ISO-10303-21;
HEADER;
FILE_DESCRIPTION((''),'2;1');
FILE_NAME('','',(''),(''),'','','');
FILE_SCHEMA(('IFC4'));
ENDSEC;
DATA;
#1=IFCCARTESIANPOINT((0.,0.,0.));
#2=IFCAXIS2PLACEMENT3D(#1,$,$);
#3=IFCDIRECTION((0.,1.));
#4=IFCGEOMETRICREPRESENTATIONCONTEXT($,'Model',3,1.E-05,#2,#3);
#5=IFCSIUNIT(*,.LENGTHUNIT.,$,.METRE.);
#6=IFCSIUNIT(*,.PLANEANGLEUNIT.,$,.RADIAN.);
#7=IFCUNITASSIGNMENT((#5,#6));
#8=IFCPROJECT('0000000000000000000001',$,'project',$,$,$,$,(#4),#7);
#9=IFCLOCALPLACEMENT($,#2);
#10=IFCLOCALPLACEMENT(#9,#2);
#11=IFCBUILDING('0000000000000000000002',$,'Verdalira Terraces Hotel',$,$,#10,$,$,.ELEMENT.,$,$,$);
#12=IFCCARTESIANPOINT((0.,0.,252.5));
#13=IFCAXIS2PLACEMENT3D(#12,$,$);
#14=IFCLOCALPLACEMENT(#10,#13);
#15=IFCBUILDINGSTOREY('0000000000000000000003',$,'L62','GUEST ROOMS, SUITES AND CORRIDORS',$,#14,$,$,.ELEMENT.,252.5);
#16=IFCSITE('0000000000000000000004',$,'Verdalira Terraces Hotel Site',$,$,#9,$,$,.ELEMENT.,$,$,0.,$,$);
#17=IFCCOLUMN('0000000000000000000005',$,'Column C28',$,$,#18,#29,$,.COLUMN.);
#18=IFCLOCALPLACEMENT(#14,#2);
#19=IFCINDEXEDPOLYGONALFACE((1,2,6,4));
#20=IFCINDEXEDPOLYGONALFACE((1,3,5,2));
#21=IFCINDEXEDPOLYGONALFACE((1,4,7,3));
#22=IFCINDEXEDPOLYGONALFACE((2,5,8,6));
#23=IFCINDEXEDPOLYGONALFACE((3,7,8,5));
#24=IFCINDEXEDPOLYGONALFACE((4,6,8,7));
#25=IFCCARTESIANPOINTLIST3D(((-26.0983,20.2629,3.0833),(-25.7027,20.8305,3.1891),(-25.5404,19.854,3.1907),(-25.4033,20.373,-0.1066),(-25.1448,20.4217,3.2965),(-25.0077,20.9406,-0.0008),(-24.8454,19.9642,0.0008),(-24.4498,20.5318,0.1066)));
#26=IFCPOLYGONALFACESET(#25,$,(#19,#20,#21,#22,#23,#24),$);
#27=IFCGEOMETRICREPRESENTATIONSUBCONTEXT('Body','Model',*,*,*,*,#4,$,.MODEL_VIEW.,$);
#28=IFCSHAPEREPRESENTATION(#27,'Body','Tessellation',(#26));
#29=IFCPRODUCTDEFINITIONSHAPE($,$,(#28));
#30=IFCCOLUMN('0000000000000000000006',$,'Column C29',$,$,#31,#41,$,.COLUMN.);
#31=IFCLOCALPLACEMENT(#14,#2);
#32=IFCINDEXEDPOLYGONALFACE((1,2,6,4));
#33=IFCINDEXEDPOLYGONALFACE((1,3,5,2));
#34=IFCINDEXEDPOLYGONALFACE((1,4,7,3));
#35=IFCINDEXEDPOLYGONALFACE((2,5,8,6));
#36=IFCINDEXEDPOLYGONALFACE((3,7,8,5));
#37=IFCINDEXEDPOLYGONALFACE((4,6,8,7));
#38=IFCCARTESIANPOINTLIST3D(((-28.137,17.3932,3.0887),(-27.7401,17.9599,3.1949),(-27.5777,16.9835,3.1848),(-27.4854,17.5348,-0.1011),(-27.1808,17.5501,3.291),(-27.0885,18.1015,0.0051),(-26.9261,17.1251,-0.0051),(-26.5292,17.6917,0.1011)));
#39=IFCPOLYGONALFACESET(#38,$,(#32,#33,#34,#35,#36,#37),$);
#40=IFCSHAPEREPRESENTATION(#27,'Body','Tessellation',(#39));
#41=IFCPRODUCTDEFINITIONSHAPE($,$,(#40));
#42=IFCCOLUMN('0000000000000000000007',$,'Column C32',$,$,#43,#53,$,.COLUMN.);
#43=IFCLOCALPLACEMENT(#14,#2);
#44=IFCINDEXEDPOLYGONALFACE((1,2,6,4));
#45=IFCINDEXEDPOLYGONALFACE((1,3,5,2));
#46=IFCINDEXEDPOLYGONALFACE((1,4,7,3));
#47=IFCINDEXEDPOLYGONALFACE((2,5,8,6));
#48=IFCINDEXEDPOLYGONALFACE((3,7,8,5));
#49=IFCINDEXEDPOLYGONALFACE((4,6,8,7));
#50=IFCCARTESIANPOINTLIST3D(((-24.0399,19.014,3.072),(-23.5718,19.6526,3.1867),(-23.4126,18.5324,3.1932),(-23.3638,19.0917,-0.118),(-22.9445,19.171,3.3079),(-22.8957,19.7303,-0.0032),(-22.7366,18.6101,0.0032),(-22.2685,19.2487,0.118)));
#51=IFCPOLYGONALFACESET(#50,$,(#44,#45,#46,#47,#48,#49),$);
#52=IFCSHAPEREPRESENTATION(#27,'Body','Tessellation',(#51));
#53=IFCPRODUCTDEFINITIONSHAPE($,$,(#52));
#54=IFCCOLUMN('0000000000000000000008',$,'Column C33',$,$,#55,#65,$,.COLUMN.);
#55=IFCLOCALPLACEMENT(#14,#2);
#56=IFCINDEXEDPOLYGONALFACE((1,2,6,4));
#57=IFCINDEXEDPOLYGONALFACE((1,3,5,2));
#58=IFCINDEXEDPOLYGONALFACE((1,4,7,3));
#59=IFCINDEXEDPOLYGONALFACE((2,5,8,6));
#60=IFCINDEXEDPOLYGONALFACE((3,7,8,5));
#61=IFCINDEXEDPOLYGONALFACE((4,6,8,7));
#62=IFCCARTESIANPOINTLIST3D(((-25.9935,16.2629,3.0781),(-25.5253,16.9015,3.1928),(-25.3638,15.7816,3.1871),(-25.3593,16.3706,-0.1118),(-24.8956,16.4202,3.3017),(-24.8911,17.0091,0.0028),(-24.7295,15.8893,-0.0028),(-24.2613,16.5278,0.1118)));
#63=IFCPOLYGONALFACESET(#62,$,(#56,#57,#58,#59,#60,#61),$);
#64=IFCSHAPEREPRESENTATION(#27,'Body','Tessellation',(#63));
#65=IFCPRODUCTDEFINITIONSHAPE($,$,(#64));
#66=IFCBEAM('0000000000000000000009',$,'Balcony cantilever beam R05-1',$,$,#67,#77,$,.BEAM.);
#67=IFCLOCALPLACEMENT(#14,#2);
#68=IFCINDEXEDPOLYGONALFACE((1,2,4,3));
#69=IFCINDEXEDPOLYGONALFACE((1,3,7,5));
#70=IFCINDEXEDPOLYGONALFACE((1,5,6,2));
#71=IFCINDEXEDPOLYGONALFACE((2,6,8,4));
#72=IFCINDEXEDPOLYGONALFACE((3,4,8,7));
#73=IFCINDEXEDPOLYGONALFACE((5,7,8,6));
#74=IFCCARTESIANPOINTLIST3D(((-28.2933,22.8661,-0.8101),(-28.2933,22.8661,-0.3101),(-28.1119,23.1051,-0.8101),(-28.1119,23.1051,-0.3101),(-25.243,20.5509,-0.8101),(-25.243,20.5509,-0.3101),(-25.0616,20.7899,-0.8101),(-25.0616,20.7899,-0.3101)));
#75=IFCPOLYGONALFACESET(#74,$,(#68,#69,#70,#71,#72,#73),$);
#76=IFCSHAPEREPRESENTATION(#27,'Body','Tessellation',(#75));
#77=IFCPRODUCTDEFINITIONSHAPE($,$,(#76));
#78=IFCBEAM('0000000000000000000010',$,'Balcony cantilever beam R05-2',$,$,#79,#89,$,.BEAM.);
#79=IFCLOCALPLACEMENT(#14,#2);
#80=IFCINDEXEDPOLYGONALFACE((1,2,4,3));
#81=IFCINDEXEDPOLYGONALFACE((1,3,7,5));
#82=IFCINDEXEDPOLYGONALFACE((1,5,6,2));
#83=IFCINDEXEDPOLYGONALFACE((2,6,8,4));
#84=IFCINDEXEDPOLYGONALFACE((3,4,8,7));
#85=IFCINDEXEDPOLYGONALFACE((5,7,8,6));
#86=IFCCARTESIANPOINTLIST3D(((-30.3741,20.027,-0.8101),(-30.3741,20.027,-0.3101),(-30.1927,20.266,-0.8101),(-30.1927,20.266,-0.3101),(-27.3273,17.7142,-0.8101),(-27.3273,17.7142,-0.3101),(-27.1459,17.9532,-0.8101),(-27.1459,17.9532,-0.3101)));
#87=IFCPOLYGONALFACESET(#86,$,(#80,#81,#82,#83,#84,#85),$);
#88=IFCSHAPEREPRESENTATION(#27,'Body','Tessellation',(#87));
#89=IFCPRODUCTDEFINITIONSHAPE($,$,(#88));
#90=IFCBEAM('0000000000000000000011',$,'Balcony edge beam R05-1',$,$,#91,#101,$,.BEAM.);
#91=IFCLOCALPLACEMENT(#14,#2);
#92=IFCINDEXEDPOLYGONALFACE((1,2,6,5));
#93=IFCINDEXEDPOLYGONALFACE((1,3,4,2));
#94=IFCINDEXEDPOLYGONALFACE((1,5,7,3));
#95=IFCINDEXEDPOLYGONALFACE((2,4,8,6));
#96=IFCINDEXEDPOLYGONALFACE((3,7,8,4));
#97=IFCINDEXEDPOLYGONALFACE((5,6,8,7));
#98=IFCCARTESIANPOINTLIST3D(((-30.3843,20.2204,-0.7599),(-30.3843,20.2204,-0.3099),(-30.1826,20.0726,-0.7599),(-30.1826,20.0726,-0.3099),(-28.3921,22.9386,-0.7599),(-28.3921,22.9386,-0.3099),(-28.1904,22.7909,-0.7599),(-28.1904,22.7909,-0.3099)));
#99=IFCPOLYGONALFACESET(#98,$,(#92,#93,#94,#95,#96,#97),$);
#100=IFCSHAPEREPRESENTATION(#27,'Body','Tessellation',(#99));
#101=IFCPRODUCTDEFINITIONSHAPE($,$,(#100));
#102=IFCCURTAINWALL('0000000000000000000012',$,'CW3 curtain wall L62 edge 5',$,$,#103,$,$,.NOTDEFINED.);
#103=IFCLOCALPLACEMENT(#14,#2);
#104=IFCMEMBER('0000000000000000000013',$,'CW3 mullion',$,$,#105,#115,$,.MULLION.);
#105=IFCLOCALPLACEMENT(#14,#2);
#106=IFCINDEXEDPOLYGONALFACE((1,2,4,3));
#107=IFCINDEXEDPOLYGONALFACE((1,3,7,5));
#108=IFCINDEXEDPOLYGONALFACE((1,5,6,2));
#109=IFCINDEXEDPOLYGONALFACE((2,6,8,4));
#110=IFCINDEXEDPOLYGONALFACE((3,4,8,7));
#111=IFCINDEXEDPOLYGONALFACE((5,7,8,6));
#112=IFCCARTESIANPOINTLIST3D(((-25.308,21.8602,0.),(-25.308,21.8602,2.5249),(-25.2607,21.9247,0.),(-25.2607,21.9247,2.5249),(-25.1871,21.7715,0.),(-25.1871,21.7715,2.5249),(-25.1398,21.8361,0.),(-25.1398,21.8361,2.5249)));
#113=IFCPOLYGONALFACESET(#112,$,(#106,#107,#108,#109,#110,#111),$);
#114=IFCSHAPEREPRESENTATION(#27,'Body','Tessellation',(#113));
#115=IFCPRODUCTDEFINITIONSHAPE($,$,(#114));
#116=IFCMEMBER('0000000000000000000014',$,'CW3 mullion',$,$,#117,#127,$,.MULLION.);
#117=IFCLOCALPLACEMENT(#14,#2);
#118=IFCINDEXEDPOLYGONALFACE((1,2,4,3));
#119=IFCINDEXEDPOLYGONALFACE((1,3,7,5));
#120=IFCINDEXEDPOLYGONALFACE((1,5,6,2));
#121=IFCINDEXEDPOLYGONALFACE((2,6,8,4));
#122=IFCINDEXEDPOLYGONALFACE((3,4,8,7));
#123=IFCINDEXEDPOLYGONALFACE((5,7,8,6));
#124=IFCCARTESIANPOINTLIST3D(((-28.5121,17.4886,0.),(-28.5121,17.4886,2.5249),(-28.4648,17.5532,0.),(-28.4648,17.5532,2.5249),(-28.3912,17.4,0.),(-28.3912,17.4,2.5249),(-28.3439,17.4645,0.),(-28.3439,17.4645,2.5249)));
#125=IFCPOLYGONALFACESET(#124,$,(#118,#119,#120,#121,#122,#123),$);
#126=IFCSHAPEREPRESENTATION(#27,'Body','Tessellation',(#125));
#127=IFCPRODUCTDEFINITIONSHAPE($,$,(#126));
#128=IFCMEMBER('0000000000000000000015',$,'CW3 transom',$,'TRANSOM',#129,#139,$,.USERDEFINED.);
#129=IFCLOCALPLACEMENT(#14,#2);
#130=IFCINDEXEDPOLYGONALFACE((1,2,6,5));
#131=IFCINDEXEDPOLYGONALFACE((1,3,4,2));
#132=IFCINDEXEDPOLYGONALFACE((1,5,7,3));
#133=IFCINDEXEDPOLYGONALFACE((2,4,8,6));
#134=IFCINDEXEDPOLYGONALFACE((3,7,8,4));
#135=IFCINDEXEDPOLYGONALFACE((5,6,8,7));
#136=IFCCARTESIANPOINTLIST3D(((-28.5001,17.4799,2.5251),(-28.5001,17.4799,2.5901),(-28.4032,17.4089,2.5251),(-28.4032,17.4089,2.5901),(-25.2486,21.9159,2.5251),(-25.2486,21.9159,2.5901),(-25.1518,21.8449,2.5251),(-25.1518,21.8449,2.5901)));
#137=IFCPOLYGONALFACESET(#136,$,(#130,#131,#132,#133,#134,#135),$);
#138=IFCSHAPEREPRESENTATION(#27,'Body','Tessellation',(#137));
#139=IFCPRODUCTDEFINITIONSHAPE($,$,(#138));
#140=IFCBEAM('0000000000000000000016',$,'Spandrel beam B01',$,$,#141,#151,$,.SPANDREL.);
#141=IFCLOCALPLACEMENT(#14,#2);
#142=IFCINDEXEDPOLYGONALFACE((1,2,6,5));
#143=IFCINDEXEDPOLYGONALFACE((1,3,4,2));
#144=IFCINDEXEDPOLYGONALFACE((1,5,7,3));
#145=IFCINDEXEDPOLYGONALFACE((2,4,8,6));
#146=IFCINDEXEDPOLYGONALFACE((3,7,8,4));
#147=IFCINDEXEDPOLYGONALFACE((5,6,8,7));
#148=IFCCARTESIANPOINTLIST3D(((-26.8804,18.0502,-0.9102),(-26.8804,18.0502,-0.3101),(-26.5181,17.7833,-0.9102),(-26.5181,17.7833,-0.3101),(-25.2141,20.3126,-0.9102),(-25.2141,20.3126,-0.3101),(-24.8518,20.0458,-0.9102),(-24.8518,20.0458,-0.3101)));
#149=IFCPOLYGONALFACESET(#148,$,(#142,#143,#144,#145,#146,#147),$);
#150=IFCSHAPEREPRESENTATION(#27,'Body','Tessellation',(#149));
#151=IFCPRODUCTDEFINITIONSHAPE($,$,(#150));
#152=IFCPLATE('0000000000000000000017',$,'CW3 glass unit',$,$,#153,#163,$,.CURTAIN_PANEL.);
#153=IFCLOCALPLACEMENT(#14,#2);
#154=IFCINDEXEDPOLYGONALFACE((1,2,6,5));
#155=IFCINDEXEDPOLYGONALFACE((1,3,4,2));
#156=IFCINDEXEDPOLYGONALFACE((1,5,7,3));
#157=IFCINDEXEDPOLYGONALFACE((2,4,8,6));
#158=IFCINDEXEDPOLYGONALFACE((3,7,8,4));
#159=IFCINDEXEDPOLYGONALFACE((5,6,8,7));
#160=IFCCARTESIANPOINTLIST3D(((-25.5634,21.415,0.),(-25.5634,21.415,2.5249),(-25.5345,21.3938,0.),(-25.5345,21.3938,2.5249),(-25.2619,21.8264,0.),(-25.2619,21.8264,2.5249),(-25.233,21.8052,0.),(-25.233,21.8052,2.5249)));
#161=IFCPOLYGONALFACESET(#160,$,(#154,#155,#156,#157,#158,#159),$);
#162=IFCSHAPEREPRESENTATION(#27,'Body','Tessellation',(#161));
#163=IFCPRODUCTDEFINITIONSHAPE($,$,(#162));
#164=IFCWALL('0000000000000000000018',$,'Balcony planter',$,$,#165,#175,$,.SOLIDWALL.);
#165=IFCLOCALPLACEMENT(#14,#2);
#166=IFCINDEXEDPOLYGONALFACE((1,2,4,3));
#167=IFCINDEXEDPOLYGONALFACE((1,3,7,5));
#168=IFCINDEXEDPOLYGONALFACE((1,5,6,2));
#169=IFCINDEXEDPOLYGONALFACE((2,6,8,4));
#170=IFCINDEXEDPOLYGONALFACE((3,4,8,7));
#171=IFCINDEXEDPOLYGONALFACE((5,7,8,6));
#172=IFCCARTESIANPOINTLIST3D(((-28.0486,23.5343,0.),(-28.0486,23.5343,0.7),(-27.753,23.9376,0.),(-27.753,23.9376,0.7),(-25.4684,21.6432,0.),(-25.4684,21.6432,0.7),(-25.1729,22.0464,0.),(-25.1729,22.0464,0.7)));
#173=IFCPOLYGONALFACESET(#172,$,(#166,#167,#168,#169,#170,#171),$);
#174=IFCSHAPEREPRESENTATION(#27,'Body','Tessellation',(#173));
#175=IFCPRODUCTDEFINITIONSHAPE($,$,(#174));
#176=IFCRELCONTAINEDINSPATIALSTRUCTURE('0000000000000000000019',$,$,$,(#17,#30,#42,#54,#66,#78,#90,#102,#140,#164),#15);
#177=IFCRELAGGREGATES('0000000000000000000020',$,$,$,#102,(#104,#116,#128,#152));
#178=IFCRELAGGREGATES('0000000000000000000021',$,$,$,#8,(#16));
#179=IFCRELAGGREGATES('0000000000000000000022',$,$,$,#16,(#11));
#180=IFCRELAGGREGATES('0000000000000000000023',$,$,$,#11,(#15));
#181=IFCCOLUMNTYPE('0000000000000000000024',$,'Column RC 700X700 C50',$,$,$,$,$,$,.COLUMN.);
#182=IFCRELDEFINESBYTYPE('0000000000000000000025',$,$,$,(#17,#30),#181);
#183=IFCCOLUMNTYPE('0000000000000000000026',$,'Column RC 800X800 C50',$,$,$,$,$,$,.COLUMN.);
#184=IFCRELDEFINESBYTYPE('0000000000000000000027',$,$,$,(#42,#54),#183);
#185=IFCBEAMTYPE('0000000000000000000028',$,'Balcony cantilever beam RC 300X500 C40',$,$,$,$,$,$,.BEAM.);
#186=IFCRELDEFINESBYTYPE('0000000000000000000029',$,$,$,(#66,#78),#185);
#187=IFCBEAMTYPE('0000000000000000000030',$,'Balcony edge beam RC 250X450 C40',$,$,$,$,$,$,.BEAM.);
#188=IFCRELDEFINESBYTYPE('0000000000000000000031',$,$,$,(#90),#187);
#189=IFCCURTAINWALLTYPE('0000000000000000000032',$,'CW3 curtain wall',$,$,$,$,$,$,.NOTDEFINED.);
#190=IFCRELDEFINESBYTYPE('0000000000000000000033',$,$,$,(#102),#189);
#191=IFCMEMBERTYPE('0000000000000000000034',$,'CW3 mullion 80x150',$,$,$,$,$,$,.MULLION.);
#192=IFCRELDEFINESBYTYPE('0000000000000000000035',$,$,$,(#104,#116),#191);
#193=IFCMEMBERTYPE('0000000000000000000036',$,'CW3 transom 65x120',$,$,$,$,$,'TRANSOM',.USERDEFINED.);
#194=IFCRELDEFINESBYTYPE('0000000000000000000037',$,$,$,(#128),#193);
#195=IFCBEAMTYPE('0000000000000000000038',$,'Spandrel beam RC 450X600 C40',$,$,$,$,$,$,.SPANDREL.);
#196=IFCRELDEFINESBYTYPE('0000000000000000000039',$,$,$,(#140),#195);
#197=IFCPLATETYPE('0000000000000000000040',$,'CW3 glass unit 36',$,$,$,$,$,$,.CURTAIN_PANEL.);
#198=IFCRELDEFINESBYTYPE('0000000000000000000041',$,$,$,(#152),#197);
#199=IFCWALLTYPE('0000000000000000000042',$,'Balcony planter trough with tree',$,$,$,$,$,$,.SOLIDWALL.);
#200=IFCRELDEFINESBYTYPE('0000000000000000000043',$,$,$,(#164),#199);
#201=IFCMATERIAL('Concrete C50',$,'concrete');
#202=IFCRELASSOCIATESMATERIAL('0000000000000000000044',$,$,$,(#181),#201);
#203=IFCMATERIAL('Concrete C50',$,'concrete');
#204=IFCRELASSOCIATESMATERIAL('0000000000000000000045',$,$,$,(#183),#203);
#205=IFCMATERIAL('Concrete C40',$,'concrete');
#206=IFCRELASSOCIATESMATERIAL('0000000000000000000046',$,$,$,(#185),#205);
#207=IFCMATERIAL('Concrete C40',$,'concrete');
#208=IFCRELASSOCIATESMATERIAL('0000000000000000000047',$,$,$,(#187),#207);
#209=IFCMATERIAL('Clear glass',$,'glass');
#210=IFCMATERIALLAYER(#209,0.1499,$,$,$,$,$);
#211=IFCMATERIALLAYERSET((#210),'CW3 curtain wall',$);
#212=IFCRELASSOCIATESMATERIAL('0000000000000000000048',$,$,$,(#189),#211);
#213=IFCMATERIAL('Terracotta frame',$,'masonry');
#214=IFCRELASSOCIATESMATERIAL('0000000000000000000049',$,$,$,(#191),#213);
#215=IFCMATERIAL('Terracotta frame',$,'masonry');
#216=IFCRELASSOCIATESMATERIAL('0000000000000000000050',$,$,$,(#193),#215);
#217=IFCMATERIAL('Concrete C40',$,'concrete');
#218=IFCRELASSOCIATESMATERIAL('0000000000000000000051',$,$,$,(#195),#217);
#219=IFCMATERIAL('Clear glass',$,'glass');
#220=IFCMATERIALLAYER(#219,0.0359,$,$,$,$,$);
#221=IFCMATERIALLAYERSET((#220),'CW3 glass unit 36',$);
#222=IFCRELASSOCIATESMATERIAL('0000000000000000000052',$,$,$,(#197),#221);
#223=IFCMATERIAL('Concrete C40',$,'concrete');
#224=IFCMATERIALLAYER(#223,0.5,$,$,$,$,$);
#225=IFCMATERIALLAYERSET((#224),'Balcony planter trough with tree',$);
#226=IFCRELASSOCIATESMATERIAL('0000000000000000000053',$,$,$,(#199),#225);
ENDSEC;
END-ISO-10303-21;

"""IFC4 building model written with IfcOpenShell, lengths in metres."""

from ifc_helpers import new_model, si_unit, direction, frame, frame_2d, origin, origin_2d, place, context, subcontext, project, spatial, rectangle, extrude, material, layer, layer_set, material_profile, profile_set, type_object, element, aggregate, save


model = new_model("IFC4")

# Units and contexts
model_context = context("Model", 3, precision=1e-05, world=origin(), true_north=direction((0.0, 1.0)))
body_context = subcontext(model_context, "Body", "Model", "MODEL_VIEW")
ifc_project = project(units=[si_unit("LENGTHUNIT", "METRE"), si_unit("PLANEANGLEUNIT", "RADIAN")], contexts=[model_context])

# Site, building, storey
site_placement = place(None, origin())
site = spatial("IfcSite", under=ifc_project, at=site_placement, Name="Verdalira Terraces Hotel Site", CompositionType="ELEMENT", RefElevation=0.0)
building_placement = place(site_placement, origin())
building = spatial("IfcBuilding", under=site, at=building_placement, Name="Verdalira Terraces Hotel", CompositionType="ELEMENT")
storey_placement = place(building_placement, frame((0.0, 0.0, 252.5)))
storey = spatial("IfcBuildingStorey", under=building, at=storey_placement, Name="L62", Description="GUEST ROOMS, SUITES AND CORRIDORS", CompositionType="ELEMENT", Elevation=252.5)

# Columns
ifc_material_1 = material(Name="Concrete C50", Category="concrete")
ifc_material_profile_1 = material_profile(ifc_material_1, rectangle(XDim=0.7, YDim=0.7, at=origin_2d()), Name="RC 700X700")
ifc_profile_set_1 = profile_set([ifc_material_profile_1], Name="Concrete C50")
column_type_1 = type_object("IfcColumnType", Name="Column RC 700X700 C50", PredefinedType="COLUMN", material=ifc_profile_set_1)
column_1_placement = place(storey_placement, frame((-24.9265, 20.4524, 0.0), z_axis=(-0.212777, -0.033707, 0.976519), x_axis=(-0.565177, -0.811006, -0.151142)))
element("IfcColumn", 1, at=column_1_placement, inside=storey, type_object=column_type_1, Name="Column C28", PredefinedType="COLUMN", context=body_context, shape_type="SweptSolid", body=[
    extrude(rectangle(XDim=0.7, YDim=0.7, at=origin_2d()), origin(), (0.0, 0.0, 1.0), 3.2666),
])
column_2_placement = place(storey_placement, frame((-27.0073, 17.6133, 0.0), z_axis=(-0.199949, -0.043451, 0.978842), x_axis=(-0.567064, -0.80957, -0.151771)))
element("IfcColumn", 2, at=column_2_placement, inside=storey, type_object=column_type_1, Name="Column C29", PredefinedType="COLUMN", context=body_context, shape_type="SweptSolid", body=[
    extrude(rectangle(XDim=0.7, YDim=0.7, at=origin_2d()), origin(), (0.0, 0.0, 1.0), 3.2588),
])
ifc_material_2 = material(Name="Concrete C50", Category="concrete")
ifc_material_profile_2 = material_profile(ifc_material_2, rectangle(XDim=0.8, YDim=0.8, at=origin_2d()), Name="RC 800X800")
ifc_profile_set_2 = profile_set([ifc_material_profile_2], Name="Concrete C50")
column_type_2 = type_object("IfcColumnType", Name="Column RC 800X800 C50", PredefinedType="COLUMN", material=ifc_profile_set_2)
column_3_placement = place(storey_placement, frame((-22.8162, 19.1702, 0.0), z_axis=(-0.207261, -0.023802, 0.977996), x_axis=(-0.784029, 0.601951, -0.151504)))
element("IfcColumn", 3, at=column_3_placement, inside=storey, type_object=column_type_2, Name="Column C32", PredefinedType="COLUMN", context=body_context, shape_type="SweptSolid", body=[
    extrude(rectangle(XDim=0.8, YDim=0.8, at=origin_2d()), origin(), (0.0, 0.0, 1.0), 3.2617),
])
column_4_placement = place(storey_placement, frame((-24.8103, 16.4492, 0.0), z_axis=(-0.194912, -0.033086, 0.980263), x_axis=(-0.7871, 0.601601, -0.136199)))
element("IfcColumn", 4, at=column_4_placement, inside=storey, type_object=column_type_2, Name="Column C33", PredefinedType="COLUMN", context=body_context, shape_type="SweptSolid", body=[
    extrude(rectangle(XDim=0.8, YDim=0.8, at=origin_2d()), origin(), (0.0, 0.0, 1.0), 3.2542),
])

# Beams
ifc_material_3 = material(Name="Concrete C40", Category="concrete")
ifc_material_profile_3 = material_profile(ifc_material_3, rectangle(XDim=0.3, YDim=0.5, at=origin_2d()), Name="RC 300X500")
ifc_profile_set_3 = profile_set([ifc_material_profile_3], Name="Concrete C40")
beam_type_1 = type_object("IfcBeamType", Name="Balcony cantilever beam RC 300X500 C40", PredefinedType="BEAM", material=ifc_profile_set_3)
beam_1_placement = place(storey_placement, frame((-25.1523, 20.6704, -0.5601), z_axis=(-0.796544, 0.60458, 0.0), x_axis=(-0.60458, -0.796544, 0.0)))
element("IfcBeam", 5, at=beam_1_placement, inside=storey, type_object=beam_type_1, Name="Balcony cantilever beam R05-1", PredefinedType="BEAM", context=body_context, shape_type="SweptSolid", body=[
    extrude(rectangle(XDim=0.3, YDim=0.5, at=origin_2d()), origin(), (0.0, 0.0, 1.0), 3.8293),
])
beam_2_placement = place(storey_placement, frame((-27.2366, 17.8337, -0.5601), z_axis=(-0.796525, 0.604606, 0.0), x_axis=(-0.604606, -0.796525, 0.0)))
element("IfcBeam", 6, at=beam_2_placement, inside=storey, type_object=beam_type_1, Name="Balcony cantilever beam R05-2", PredefinedType="BEAM", context=body_context, shape_type="SweptSolid", body=[
    extrude(rectangle(XDim=0.3, YDim=0.5, at=origin_2d()), origin(), (0.0, 0.0, 1.0), 3.8252),
])
ifc_material_4 = material(Name="Concrete C40", Category="concrete")
ifc_material_profile_4 = material_profile(ifc_material_4, rectangle(XDim=0.25, YDim=0.45, at=origin_2d()), Name="RC 250X450")
ifc_profile_set_4 = profile_set([ifc_material_profile_4], Name="Concrete C40")
beam_type_2 = type_object("IfcBeamType", Name="Balcony edge beam RC 250X450 C40", PredefinedType="BEAM", material=ifc_profile_set_4)
beam_3_placement = place(storey_placement, frame((-28.2913, 22.8647, -0.5349), z_axis=(-0.591131, -0.806575, 0.0), x_axis=(0.806575, -0.591131, 0.0)))
element("IfcBeam", 7, at=beam_3_placement, inside=storey, type_object=beam_type_2, Name="Balcony edge beam R05-1", PredefinedType="BEAM", context=body_context, shape_type="SweptSolid", body=[
    extrude(rectangle(XDim=0.25, YDim=0.45, at=origin_2d()), origin(), (0.0, 0.0, 1.0), 3.3701),
])

# Curtain wall, members
ifc_material_5 = material(Name="Clear glass", Category="glass")
ifc_layer_1 = layer(ifc_material_5, 0.1499)
ifc_layer_set_1 = layer_set([ifc_layer_1], Name="CW3 curtain wall")
curtain_wall_type = type_object("IfcCurtainWallType", Name="CW3 curtain wall", PredefinedType="NOTDEFINED", material=ifc_layer_set_1)
curtain_wall_placement = place(storey_placement, origin())
curtain_wall = element("IfcCurtainWall", 8, at=curtain_wall_placement, inside=storey, type_object=curtain_wall_type, Name="CW3 curtain wall L62 edge 5", PredefinedType="NOTDEFINED")
ifc_material_6 = material(Name="Terracotta frame", Category="masonry")
ifc_material_profile_5 = material_profile(ifc_material_6, rectangle(XDim=0.0801, YDim=0.1499, at=origin_2d()), Name="MU 80x150")
ifc_profile_set_5 = profile_set([ifc_material_profile_5], Name="Terracotta frame")
member_type_1 = type_object("IfcMemberType", Name="CW3 mullion 80x150", PredefinedType="MULLION", material=ifc_profile_set_5)
member_1_placement = place(storey_placement, frame((-25.2239, 21.8481, 0.0), z_axis=(0.0, 0.0, 1.0), x_axis=(-0.591169, -0.806548, 0.0)))
member_1 = element("IfcMember", 9, at=member_1_placement, type_object=member_type_1, Name="CW3 mullion", PredefinedType="MULLION", context=body_context, shape_type="SweptSolid", body=[
    extrude(rectangle(XDim=0.0801, YDim=0.1499, at=origin_2d()), origin(), (0.0, 0.0, 1.0), 2.5249),
])
member_2_placement = place(storey_placement, frame((-28.428, 17.4766, 0.0), z_axis=(0.0, 0.0, 1.0), x_axis=(-0.591169, -0.806548, 0.0)))
member_2 = element("IfcMember", 10, at=member_2_placement, type_object=member_type_1, Name="CW3 mullion", PredefinedType="MULLION", context=body_context, shape_type="SweptSolid", body=[
    extrude(rectangle(XDim=0.0801, YDim=0.1499, at=origin_2d()), origin(), (0.0, 0.0, 1.0), 2.5249),
])
ifc_material_7 = material(Name="Terracotta frame", Category="masonry")
ifc_material_profile_6 = material_profile(ifc_material_7, rectangle(XDim=0.1201, YDim=0.0649, at=origin_2d()), Name="TR 65x120")
ifc_profile_set_6 = profile_set([ifc_material_profile_6], Name="Terracotta frame")
member_type_2 = type_object("IfcMemberType", Name="CW3 transom 65x120", ElementType="TRANSOM", PredefinedType="USERDEFINED", material=ifc_profile_set_6)
member_3_placement = place(storey_placement, frame((-25.2002, 21.8804, 2.5576), z_axis=(-0.591171, -0.806546, 0.0), x_axis=(0.806546, -0.591171, 0.0)))
member_3 = element("IfcMember", 11, at=member_3_placement, type_object=member_type_2, Name="CW3 transom", ObjectType="TRANSOM", PredefinedType="USERDEFINED", context=body_context, shape_type="SweptSolid", body=[
    extrude(rectangle(XDim=0.1201, YDim=0.0649, at=origin_2d()), origin(), (0.0, 0.0, 1.0), 5.5),
])

# Beam
ifc_material_8 = material(Name="Concrete C40", Category="concrete")
ifc_material_profile_7 = material_profile(ifc_material_8, rectangle(XDim=0.45, YDim=0.6001, at=origin_2d()), Name="RC 450X600")
ifc_profile_set_7 = profile_set([ifc_material_profile_7], Name="Concrete C40")
beam_type_3 = type_object("IfcBeamType", Name="Spandrel beam RC 450X600 C40", PredefinedType="SPANDREL", material=ifc_profile_set_7)
beam_4_placement = place(storey_placement, frame((-25.033, 20.1792, -0.6101), z_axis=(-0.593012, -0.805193, 0.0), x_axis=(0.805193, -0.593012, 0.0)))
element("IfcBeam", 12, at=beam_4_placement, inside=storey, type_object=beam_type_3, Name="Spandrel beam B01", PredefinedType="SPANDREL", context=body_context, shape_type="SweptSolid", body=[
    extrude(rectangle(XDim=0.45, YDim=0.6001, at=origin_2d()), origin(), (0.0, 0.0, 1.0), 2.8098),
])

# Plate
ifc_material_9 = material(Name="Clear glass", Category="glass")
ifc_layer_2 = layer(ifc_material_9, 0.0359)
ifc_layer_set_2 = layer_set([ifc_layer_2], Name="CW3 glass unit 36")
plate_type = type_object("IfcPlateType", Name="CW3 glass unit 36", PredefinedType="CURTAIN_PANEL", material=ifc_layer_set_2)
plate_placement = place(storey_placement, frame((-25.3982, 21.6101, 0.0), z_axis=(0.0, 0.0, 1.0), x_axis=(-0.591169, -0.806548, 0.0)))
plate = element("IfcPlate", 13, at=plate_placement, type_object=plate_type, Name="CW3 glass unit", PredefinedType="CURTAIN_PANEL", context=body_context, shape_type="SweptSolid", body=[
    extrude(rectangle(XDim=0.51, YDim=0.0359, at=origin_2d()), origin(), (0.0, 0.0, 1.0), 2.5249),
])
aggregate(curtain_wall, [member_1, member_2, member_3, plate])

# Wall
ifc_material_10 = material(Name="Concrete C40", Category="concrete")
ifc_layer_3 = layer(ifc_material_10, 0.5)
ifc_layer_set_3 = layer_set([ifc_layer_3], Name="Balcony planter trough with tree")
wall_type_1 = type_object("IfcWallType", Name="Balcony planter trough with tree", PredefinedType="SOLIDWALL", material=ifc_layer_set_3)
wall_1_placement = place(storey_placement, frame((-25.3206, 21.8447, 0.0), z_axis=(0.0, 0.0, 1.0), x_axis=(-0.806546, 0.591172, 0.0)))
element("IfcWall", 14, at=wall_1_placement, inside=storey, type_object=wall_type_1, Name="Balcony planter", PredefinedType="SOLIDWALL", context=body_context, shape_type="SweptSolid", body=[
    extrude(rectangle(XDim=3.199, YDim=0.5, at=frame_2d((1.5996, 0.0))), origin(), (0.0, 0.0, 1.0), 0.7),
])

save(model, "model.ifc")
